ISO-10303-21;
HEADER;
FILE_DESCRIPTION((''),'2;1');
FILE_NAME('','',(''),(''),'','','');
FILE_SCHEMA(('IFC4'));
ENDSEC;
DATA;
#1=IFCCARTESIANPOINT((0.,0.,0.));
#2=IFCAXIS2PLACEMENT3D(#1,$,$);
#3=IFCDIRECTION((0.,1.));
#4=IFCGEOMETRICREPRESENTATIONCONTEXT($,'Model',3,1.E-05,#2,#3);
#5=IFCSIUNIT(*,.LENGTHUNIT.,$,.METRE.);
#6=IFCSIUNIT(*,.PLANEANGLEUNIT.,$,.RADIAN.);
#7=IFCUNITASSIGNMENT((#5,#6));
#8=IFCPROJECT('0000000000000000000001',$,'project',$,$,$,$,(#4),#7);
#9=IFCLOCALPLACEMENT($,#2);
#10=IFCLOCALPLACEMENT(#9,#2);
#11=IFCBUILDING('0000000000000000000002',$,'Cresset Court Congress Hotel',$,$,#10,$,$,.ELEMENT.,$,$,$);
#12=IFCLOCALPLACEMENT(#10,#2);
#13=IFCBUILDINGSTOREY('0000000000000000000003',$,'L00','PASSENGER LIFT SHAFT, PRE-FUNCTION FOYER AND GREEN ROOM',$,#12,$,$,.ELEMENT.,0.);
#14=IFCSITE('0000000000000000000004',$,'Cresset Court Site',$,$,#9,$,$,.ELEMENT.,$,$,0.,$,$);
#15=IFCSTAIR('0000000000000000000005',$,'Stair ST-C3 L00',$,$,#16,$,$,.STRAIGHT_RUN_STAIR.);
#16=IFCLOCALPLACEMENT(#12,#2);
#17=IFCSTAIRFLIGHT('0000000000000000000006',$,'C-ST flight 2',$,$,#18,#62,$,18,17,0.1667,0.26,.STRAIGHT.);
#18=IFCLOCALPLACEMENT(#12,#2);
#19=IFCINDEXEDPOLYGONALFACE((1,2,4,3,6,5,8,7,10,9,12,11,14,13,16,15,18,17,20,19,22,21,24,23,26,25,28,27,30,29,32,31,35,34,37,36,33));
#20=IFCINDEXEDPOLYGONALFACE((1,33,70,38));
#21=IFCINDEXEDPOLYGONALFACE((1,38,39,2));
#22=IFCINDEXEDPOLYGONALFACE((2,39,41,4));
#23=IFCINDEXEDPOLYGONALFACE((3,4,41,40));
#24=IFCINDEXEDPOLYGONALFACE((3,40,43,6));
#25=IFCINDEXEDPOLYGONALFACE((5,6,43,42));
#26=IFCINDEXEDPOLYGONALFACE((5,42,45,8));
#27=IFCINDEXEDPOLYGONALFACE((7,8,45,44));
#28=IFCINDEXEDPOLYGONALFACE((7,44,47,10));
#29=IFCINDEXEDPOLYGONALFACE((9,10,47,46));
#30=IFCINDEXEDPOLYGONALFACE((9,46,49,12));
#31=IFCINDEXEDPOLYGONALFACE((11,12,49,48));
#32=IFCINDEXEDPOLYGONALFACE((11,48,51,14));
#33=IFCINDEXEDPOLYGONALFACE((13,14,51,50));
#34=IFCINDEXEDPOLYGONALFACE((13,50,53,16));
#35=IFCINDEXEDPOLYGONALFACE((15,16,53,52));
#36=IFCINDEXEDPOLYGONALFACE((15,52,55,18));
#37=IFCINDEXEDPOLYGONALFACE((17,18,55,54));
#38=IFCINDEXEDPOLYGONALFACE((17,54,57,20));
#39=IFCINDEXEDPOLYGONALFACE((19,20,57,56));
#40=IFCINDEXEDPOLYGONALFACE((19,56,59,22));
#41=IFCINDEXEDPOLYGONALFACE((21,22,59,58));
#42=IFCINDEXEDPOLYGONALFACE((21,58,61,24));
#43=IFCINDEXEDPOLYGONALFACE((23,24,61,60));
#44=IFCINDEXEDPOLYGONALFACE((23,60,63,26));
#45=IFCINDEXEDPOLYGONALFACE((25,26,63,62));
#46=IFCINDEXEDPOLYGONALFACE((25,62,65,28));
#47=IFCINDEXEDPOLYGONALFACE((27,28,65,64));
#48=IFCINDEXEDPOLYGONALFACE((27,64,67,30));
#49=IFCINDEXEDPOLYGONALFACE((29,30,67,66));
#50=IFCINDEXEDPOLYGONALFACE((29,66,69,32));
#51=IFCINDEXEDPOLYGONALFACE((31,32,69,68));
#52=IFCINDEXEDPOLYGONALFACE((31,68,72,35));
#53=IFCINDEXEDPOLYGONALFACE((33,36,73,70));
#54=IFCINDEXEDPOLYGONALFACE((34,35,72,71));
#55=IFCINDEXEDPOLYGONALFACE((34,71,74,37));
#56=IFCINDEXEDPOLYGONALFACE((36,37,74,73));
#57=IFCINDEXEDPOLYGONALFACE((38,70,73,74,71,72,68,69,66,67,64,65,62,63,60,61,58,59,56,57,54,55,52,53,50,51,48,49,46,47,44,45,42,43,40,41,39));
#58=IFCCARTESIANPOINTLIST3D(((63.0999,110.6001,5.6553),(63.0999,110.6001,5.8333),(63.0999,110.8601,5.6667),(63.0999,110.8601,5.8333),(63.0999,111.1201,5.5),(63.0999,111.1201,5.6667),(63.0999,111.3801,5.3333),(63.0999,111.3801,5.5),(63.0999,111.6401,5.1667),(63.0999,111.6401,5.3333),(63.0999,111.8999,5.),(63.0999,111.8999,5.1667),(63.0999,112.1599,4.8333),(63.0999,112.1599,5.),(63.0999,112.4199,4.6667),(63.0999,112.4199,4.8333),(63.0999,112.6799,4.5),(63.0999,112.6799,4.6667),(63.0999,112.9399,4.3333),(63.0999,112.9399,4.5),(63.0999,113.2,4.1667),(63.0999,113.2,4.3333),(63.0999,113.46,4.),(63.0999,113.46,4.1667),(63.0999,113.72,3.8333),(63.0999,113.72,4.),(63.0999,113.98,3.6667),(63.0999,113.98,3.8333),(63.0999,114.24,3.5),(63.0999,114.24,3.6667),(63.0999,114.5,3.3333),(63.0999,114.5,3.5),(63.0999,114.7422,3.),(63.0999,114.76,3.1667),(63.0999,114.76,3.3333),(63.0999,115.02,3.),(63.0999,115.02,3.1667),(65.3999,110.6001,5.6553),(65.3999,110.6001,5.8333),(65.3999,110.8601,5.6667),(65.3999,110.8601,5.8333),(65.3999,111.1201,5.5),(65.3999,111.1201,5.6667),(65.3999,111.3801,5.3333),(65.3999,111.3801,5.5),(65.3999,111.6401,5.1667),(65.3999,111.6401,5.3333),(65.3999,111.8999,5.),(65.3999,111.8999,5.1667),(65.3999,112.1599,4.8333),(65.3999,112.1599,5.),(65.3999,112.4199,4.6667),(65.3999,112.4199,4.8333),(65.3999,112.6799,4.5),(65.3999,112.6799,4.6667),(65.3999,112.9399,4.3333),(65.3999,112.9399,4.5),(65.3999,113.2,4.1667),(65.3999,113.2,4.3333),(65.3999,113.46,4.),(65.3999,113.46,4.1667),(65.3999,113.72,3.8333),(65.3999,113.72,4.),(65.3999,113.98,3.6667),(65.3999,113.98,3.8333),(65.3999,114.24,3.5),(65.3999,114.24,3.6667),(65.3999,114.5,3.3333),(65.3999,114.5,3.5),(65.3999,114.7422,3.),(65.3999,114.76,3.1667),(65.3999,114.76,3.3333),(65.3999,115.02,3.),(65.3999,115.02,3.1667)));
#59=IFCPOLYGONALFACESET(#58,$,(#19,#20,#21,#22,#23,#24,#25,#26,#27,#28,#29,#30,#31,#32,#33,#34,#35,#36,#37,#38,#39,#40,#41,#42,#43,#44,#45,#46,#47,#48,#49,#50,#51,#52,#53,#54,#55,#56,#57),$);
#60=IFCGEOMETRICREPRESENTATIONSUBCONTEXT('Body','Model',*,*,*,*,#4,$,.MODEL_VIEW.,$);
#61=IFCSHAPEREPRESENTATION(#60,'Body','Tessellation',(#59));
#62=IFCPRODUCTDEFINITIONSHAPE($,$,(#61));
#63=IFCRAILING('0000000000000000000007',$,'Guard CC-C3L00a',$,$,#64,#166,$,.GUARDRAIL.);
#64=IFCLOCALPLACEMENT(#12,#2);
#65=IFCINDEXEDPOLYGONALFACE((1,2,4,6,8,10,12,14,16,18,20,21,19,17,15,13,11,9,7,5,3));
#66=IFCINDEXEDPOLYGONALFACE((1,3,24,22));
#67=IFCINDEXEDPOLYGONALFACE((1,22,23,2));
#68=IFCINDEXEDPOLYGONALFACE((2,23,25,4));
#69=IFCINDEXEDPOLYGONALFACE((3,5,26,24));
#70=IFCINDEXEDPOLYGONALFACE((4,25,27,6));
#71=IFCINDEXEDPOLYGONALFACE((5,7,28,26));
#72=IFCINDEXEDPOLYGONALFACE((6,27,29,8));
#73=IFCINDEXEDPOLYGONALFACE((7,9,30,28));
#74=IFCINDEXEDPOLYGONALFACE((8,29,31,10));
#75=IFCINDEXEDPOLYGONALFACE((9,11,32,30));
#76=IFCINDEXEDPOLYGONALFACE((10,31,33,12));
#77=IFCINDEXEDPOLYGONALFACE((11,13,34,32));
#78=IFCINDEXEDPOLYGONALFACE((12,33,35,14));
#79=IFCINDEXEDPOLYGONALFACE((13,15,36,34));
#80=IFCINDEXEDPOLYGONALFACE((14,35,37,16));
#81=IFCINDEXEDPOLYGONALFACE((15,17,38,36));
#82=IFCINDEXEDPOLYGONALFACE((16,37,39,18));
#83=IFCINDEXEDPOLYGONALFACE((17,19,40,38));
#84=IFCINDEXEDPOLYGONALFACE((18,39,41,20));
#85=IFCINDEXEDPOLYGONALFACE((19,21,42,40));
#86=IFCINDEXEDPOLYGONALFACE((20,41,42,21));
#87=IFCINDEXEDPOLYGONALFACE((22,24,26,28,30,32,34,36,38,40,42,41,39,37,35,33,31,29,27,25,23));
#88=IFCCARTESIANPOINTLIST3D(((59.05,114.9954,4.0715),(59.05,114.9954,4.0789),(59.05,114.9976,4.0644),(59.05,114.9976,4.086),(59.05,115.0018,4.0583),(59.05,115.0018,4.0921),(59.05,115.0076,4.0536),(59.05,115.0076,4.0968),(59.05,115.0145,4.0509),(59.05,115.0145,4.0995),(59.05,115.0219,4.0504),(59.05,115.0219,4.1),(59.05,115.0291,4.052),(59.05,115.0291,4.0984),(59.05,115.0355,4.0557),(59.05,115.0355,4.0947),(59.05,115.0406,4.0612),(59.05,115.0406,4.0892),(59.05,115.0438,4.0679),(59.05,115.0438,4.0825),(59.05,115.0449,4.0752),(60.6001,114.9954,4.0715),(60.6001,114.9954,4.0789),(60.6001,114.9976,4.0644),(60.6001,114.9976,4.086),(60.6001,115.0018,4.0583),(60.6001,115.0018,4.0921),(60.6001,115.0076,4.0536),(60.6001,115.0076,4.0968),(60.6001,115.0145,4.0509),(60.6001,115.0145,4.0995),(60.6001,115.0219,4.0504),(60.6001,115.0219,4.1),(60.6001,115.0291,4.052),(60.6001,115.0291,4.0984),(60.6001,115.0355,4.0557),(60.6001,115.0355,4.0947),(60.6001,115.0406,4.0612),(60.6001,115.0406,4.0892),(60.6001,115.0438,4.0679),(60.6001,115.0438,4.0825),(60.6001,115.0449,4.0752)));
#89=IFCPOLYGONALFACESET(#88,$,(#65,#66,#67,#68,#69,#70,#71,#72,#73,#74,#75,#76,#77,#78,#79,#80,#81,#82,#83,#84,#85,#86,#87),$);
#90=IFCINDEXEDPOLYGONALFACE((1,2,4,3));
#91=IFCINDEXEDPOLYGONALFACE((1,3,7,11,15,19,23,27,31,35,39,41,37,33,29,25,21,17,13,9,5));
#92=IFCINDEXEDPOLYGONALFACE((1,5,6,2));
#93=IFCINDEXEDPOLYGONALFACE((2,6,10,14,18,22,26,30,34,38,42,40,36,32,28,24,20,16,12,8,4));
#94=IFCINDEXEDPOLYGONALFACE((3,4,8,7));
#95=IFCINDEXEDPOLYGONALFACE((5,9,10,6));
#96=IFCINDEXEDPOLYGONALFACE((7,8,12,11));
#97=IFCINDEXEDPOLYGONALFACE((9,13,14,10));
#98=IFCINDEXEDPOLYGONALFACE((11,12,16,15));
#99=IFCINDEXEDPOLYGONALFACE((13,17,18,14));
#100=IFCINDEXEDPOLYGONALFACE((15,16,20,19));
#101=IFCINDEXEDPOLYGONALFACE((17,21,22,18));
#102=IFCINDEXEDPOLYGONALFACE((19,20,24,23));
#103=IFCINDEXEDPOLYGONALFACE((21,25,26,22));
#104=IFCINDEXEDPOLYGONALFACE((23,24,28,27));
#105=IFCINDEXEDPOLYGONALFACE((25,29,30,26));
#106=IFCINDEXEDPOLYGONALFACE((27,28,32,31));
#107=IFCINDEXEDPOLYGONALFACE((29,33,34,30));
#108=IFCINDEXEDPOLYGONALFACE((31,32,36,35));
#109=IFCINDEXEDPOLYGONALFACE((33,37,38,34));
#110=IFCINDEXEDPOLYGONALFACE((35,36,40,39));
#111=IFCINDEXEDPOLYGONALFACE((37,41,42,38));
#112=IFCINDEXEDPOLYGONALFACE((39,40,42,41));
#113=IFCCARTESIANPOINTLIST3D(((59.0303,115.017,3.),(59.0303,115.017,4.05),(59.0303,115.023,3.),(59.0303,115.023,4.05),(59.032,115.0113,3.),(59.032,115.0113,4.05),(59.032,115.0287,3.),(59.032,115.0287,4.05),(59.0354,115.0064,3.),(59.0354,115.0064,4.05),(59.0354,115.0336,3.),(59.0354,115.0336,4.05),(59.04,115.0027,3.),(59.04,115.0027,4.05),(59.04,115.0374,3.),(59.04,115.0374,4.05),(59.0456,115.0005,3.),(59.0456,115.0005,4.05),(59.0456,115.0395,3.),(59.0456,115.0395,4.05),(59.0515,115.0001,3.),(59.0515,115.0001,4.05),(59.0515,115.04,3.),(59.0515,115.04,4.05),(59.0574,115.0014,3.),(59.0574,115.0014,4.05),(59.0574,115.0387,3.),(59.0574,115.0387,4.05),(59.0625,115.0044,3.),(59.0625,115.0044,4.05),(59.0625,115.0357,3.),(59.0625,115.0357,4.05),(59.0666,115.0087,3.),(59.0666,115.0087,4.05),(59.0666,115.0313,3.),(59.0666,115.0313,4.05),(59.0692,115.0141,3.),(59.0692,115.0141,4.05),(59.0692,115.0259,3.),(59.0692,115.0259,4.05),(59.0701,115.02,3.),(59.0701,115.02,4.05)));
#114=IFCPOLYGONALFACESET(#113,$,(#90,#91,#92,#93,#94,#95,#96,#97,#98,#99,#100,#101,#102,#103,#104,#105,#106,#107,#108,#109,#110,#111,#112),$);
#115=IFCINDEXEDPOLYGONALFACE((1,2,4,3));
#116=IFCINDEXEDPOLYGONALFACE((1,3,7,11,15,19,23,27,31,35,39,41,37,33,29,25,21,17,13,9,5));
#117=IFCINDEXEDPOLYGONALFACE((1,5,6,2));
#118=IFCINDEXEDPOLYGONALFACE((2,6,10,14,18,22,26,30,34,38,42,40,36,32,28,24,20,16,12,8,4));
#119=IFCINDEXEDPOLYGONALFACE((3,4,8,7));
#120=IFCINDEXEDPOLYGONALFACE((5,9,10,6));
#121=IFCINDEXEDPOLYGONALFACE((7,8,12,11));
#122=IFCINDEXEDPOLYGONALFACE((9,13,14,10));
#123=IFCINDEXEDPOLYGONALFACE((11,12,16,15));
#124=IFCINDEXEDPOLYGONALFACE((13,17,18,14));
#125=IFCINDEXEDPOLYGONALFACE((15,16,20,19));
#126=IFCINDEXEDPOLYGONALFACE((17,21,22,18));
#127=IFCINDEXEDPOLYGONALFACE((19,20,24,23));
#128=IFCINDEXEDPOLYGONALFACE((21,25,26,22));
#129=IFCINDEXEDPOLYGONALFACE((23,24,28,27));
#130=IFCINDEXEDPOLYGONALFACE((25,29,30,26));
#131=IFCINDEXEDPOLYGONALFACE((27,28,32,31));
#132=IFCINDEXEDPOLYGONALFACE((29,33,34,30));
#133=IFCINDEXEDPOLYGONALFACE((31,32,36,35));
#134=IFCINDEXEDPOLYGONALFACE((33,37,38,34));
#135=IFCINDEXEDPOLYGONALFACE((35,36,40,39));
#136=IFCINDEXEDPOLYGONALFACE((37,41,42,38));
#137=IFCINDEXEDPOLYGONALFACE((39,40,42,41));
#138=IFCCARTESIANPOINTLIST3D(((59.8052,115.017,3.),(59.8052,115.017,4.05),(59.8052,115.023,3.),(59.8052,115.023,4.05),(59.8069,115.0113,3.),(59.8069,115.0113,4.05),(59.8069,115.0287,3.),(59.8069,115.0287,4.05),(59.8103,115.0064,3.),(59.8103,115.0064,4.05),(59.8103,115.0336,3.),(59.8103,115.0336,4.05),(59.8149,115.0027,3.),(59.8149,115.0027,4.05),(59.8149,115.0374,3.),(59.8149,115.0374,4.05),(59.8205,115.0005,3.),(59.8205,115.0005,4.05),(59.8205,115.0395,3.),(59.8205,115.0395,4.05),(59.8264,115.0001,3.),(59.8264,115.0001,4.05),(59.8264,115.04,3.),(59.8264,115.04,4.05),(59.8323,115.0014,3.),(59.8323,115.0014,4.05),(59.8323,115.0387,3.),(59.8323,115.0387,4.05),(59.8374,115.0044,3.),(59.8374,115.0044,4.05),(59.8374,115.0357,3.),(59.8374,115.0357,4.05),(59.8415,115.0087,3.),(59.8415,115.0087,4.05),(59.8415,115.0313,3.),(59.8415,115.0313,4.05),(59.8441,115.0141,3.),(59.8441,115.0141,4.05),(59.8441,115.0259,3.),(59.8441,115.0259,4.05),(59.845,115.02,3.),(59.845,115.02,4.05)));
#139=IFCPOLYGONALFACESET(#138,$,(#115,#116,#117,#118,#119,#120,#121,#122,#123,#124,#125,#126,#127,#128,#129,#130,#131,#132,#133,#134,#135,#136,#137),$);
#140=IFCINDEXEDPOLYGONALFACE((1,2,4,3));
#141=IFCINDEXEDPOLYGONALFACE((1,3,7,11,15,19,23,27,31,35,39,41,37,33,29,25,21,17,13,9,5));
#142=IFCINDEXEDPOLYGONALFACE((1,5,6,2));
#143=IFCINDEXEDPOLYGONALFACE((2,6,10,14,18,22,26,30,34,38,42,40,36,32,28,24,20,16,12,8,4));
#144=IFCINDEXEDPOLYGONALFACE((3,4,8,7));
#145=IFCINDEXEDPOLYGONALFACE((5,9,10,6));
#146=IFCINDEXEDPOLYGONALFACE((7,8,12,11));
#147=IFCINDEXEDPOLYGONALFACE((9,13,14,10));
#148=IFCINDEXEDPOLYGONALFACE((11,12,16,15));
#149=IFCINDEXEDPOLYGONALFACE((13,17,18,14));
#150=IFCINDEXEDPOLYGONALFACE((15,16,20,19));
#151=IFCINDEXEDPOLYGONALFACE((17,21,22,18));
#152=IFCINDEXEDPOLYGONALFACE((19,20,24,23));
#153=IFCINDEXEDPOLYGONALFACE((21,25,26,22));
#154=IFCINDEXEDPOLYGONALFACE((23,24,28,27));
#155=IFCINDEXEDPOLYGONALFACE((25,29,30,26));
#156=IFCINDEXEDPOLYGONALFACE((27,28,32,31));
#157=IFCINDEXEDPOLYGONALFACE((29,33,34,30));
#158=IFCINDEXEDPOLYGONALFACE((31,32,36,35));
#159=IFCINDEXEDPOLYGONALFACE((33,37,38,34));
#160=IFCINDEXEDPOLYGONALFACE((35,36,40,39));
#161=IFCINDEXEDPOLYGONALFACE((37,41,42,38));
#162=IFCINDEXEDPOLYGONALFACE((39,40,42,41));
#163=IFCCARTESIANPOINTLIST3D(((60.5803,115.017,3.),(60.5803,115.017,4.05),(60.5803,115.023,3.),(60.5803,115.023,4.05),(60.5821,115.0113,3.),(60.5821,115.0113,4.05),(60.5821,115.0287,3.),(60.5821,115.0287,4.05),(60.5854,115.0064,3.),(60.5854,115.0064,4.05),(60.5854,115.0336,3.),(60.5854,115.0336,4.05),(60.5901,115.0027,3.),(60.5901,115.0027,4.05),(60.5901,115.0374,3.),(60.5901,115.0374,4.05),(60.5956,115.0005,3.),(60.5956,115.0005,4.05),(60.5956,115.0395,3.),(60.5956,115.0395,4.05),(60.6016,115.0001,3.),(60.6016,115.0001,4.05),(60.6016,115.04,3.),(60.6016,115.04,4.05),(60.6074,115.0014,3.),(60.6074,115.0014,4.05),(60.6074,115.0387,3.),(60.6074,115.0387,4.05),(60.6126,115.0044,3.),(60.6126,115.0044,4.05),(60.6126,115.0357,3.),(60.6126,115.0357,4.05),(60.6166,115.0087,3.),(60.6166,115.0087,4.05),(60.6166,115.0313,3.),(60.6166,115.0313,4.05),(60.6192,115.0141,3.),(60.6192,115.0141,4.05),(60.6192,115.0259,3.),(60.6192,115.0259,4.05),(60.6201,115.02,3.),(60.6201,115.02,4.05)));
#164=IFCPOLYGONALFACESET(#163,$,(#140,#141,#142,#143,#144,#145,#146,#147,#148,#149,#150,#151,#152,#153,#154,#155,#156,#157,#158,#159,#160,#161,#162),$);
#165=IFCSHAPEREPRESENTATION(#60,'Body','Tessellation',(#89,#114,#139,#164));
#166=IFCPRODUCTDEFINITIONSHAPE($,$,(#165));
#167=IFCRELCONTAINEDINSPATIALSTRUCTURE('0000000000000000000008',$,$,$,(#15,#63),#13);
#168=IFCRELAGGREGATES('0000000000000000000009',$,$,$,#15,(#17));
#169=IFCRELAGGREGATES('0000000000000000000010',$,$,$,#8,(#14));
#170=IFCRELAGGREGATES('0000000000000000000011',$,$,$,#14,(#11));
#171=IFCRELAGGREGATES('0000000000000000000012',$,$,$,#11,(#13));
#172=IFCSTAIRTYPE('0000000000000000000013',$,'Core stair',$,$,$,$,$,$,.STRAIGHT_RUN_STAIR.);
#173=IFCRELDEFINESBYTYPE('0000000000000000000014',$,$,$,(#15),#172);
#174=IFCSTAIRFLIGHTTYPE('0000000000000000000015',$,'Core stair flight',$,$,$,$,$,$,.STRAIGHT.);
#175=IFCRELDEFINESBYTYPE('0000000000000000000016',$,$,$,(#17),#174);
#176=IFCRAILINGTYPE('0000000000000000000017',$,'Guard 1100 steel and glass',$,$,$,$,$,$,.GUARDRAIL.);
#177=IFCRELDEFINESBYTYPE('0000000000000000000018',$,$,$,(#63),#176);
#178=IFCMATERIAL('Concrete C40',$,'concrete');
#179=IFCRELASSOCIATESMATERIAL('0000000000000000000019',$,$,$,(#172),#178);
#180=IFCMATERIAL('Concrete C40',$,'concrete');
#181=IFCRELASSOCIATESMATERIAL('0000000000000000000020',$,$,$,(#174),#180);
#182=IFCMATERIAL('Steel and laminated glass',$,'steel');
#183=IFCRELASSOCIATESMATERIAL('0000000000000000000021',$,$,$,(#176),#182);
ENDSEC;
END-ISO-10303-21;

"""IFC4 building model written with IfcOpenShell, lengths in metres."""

from ifc_helpers import new_model, si_unit, direction, frame, origin, origin_2d, place, context, subcontext, project, spatial, polyline, circle, outline, extrude, material, type_object, element, aggregate, save


model = new_model("IFC4")

# Units and contexts
model_context = context("Model", 3, precision=1e-05, world=origin(), true_north=direction((0.0, 1.0)))
body_context = subcontext(model_context, "Body", "Model", "MODEL_VIEW")
ifc_project = project(units=[si_unit("LENGTHUNIT", "METRE"), si_unit("PLANEANGLEUNIT", "RADIAN")], contexts=[model_context])

# Site, building, storey
site_placement = place(None, origin())
site = spatial("IfcSite", under=ifc_project, at=site_placement, Name="Cresset Court Site", CompositionType="ELEMENT", RefElevation=0.0)
building_placement = place(site_placement, origin())
building = spatial("IfcBuilding", under=site, at=building_placement, Name="Cresset Court Congress Hotel", CompositionType="ELEMENT")
storey_placement = place(building_placement, origin())
storey = spatial("IfcBuildingStorey", under=building, at=storey_placement, Name="L00", Description="PASSENGER LIFT SHAFT, PRE-FUNCTION FOYER AND GREEN ROOM", CompositionType="ELEMENT", Elevation=0.0)

# Stair, stair flight
ifc_material_1 = material(Name="Concrete C40", Category="concrete")
stair_type = type_object("IfcStairType", Name="Core stair", PredefinedType="STRAIGHT_RUN_STAIR", material=ifc_material_1)
stair_placement = place(storey_placement, origin())
stair = element("IfcStair", 1, at=stair_placement, inside=storey, type_object=stair_type, Name="Stair ST-C3 L00", PredefinedType="STRAIGHT_RUN_STAIR")
ifc_material_2 = material(Name="Concrete C40", Category="concrete")
stair_flight_type = type_object("IfcStairFlightType", Name="Core stair flight", PredefinedType="STRAIGHT", material=ifc_material_2)
stair_flight_1_placement = place(storey_placement, frame((64.25, 115.02, 3.0), z_axis=(0.0, 0.0, 1.0), x_axis=(0.0, -1.0, 0.0)))
stair_flight_1 = element("IfcStairFlight", 2, at=stair_flight_1_placement, type_object=stair_flight_type, Name="C-ST flight 2", NumberOfRisers=18, NumberOfTreads=17, PredefinedType="STRAIGHT", RiserHeight=0.1667, TreadLength=0.26, context=body_context, shape_type="SweptSolid", body=[
    extrude(outline(polyline([(0.0, 0.0), (0.0, 0.1667), (0.26, 0.1667), (0.26, 0.3333), (0.52, 0.3333), (0.52, 0.5), (0.78, 0.5), (0.78, 0.6667), (1.04, 0.6667), (1.04, 0.8333), (1.3, 0.8333), (1.3, 1.0), (1.5601, 1.0), (1.5601, 1.1667), (1.8201, 1.1667), (1.8201, 1.3333), (2.0801, 1.3333), (2.0801, 1.5), (2.3401, 1.5), (2.3401, 1.6667), (2.6001, 1.6667), (2.6001, 1.8333), (2.8601, 1.8333), (2.8601, 2.0), (3.1201, 2.0), (3.1201, 2.1667), (3.3799, 2.1667), (3.3799, 2.3333), (3.6399, 2.3333), (3.6399, 2.5), (3.8999, 2.5), (3.8999, 2.6667), (4.1599, 2.6667), (4.1599, 2.8333), (4.4199, 2.8333), (4.4199, 3.0), (4.4199, 2.6553), (0.2778, 0.0), (0.0, 0.0)])), frame((0.0, 1.1499, 0.0), z_axis=(0.0, -1.0, 0.0), x_axis=(1.0, 0.0, 0.0)), (0.0, 0.0, 1.0), 2.3),
])
aggregate(stair, [stair_flight_1])

# Railing
ifc_material_3 = material(Name="Steel and laminated glass", Category="steel")
railing_type = type_object("IfcRailingType", Name="Guard 1100 steel and glass", PredefinedType="GUARDRAIL", material=ifc_material_3)
for number, where, name in (
    (3, (59.05, 115.02, 3.0), "Guard CC-C3L00a"),
):
    element("IfcRailing", number, at=place(storey_placement, frame(where)), inside=storey, type_object=railing_type, Name=name, PredefinedType="GUARDRAIL", context=body_context, shape_type="SweptSolid", body=[
        extrude(circle(Radius=0.0249, at=origin_2d()), frame((0.0, 0.0, 1.0752), z_axis=(1.0, 0.0, 0.0), x_axis=(0.0, 1.0, 0.0)), (0.0, 0.0, 1.0), 1.55),
        extrude(circle(Radius=0.02, at=origin_2d()), origin(), (0.0, 0.0, 1.0), 1.05),
        extrude(circle(Radius=0.02, at=origin_2d()), frame((0.7749, 0.0, 0.0)), (0.0, 0.0, 1.0), 1.05),
        extrude(circle(Radius=0.02, at=origin_2d()), frame((1.55, 0.0, 0.0)), (0.0, 0.0, 1.0), 1.05),
    ])

save(model, "model.ifc")
